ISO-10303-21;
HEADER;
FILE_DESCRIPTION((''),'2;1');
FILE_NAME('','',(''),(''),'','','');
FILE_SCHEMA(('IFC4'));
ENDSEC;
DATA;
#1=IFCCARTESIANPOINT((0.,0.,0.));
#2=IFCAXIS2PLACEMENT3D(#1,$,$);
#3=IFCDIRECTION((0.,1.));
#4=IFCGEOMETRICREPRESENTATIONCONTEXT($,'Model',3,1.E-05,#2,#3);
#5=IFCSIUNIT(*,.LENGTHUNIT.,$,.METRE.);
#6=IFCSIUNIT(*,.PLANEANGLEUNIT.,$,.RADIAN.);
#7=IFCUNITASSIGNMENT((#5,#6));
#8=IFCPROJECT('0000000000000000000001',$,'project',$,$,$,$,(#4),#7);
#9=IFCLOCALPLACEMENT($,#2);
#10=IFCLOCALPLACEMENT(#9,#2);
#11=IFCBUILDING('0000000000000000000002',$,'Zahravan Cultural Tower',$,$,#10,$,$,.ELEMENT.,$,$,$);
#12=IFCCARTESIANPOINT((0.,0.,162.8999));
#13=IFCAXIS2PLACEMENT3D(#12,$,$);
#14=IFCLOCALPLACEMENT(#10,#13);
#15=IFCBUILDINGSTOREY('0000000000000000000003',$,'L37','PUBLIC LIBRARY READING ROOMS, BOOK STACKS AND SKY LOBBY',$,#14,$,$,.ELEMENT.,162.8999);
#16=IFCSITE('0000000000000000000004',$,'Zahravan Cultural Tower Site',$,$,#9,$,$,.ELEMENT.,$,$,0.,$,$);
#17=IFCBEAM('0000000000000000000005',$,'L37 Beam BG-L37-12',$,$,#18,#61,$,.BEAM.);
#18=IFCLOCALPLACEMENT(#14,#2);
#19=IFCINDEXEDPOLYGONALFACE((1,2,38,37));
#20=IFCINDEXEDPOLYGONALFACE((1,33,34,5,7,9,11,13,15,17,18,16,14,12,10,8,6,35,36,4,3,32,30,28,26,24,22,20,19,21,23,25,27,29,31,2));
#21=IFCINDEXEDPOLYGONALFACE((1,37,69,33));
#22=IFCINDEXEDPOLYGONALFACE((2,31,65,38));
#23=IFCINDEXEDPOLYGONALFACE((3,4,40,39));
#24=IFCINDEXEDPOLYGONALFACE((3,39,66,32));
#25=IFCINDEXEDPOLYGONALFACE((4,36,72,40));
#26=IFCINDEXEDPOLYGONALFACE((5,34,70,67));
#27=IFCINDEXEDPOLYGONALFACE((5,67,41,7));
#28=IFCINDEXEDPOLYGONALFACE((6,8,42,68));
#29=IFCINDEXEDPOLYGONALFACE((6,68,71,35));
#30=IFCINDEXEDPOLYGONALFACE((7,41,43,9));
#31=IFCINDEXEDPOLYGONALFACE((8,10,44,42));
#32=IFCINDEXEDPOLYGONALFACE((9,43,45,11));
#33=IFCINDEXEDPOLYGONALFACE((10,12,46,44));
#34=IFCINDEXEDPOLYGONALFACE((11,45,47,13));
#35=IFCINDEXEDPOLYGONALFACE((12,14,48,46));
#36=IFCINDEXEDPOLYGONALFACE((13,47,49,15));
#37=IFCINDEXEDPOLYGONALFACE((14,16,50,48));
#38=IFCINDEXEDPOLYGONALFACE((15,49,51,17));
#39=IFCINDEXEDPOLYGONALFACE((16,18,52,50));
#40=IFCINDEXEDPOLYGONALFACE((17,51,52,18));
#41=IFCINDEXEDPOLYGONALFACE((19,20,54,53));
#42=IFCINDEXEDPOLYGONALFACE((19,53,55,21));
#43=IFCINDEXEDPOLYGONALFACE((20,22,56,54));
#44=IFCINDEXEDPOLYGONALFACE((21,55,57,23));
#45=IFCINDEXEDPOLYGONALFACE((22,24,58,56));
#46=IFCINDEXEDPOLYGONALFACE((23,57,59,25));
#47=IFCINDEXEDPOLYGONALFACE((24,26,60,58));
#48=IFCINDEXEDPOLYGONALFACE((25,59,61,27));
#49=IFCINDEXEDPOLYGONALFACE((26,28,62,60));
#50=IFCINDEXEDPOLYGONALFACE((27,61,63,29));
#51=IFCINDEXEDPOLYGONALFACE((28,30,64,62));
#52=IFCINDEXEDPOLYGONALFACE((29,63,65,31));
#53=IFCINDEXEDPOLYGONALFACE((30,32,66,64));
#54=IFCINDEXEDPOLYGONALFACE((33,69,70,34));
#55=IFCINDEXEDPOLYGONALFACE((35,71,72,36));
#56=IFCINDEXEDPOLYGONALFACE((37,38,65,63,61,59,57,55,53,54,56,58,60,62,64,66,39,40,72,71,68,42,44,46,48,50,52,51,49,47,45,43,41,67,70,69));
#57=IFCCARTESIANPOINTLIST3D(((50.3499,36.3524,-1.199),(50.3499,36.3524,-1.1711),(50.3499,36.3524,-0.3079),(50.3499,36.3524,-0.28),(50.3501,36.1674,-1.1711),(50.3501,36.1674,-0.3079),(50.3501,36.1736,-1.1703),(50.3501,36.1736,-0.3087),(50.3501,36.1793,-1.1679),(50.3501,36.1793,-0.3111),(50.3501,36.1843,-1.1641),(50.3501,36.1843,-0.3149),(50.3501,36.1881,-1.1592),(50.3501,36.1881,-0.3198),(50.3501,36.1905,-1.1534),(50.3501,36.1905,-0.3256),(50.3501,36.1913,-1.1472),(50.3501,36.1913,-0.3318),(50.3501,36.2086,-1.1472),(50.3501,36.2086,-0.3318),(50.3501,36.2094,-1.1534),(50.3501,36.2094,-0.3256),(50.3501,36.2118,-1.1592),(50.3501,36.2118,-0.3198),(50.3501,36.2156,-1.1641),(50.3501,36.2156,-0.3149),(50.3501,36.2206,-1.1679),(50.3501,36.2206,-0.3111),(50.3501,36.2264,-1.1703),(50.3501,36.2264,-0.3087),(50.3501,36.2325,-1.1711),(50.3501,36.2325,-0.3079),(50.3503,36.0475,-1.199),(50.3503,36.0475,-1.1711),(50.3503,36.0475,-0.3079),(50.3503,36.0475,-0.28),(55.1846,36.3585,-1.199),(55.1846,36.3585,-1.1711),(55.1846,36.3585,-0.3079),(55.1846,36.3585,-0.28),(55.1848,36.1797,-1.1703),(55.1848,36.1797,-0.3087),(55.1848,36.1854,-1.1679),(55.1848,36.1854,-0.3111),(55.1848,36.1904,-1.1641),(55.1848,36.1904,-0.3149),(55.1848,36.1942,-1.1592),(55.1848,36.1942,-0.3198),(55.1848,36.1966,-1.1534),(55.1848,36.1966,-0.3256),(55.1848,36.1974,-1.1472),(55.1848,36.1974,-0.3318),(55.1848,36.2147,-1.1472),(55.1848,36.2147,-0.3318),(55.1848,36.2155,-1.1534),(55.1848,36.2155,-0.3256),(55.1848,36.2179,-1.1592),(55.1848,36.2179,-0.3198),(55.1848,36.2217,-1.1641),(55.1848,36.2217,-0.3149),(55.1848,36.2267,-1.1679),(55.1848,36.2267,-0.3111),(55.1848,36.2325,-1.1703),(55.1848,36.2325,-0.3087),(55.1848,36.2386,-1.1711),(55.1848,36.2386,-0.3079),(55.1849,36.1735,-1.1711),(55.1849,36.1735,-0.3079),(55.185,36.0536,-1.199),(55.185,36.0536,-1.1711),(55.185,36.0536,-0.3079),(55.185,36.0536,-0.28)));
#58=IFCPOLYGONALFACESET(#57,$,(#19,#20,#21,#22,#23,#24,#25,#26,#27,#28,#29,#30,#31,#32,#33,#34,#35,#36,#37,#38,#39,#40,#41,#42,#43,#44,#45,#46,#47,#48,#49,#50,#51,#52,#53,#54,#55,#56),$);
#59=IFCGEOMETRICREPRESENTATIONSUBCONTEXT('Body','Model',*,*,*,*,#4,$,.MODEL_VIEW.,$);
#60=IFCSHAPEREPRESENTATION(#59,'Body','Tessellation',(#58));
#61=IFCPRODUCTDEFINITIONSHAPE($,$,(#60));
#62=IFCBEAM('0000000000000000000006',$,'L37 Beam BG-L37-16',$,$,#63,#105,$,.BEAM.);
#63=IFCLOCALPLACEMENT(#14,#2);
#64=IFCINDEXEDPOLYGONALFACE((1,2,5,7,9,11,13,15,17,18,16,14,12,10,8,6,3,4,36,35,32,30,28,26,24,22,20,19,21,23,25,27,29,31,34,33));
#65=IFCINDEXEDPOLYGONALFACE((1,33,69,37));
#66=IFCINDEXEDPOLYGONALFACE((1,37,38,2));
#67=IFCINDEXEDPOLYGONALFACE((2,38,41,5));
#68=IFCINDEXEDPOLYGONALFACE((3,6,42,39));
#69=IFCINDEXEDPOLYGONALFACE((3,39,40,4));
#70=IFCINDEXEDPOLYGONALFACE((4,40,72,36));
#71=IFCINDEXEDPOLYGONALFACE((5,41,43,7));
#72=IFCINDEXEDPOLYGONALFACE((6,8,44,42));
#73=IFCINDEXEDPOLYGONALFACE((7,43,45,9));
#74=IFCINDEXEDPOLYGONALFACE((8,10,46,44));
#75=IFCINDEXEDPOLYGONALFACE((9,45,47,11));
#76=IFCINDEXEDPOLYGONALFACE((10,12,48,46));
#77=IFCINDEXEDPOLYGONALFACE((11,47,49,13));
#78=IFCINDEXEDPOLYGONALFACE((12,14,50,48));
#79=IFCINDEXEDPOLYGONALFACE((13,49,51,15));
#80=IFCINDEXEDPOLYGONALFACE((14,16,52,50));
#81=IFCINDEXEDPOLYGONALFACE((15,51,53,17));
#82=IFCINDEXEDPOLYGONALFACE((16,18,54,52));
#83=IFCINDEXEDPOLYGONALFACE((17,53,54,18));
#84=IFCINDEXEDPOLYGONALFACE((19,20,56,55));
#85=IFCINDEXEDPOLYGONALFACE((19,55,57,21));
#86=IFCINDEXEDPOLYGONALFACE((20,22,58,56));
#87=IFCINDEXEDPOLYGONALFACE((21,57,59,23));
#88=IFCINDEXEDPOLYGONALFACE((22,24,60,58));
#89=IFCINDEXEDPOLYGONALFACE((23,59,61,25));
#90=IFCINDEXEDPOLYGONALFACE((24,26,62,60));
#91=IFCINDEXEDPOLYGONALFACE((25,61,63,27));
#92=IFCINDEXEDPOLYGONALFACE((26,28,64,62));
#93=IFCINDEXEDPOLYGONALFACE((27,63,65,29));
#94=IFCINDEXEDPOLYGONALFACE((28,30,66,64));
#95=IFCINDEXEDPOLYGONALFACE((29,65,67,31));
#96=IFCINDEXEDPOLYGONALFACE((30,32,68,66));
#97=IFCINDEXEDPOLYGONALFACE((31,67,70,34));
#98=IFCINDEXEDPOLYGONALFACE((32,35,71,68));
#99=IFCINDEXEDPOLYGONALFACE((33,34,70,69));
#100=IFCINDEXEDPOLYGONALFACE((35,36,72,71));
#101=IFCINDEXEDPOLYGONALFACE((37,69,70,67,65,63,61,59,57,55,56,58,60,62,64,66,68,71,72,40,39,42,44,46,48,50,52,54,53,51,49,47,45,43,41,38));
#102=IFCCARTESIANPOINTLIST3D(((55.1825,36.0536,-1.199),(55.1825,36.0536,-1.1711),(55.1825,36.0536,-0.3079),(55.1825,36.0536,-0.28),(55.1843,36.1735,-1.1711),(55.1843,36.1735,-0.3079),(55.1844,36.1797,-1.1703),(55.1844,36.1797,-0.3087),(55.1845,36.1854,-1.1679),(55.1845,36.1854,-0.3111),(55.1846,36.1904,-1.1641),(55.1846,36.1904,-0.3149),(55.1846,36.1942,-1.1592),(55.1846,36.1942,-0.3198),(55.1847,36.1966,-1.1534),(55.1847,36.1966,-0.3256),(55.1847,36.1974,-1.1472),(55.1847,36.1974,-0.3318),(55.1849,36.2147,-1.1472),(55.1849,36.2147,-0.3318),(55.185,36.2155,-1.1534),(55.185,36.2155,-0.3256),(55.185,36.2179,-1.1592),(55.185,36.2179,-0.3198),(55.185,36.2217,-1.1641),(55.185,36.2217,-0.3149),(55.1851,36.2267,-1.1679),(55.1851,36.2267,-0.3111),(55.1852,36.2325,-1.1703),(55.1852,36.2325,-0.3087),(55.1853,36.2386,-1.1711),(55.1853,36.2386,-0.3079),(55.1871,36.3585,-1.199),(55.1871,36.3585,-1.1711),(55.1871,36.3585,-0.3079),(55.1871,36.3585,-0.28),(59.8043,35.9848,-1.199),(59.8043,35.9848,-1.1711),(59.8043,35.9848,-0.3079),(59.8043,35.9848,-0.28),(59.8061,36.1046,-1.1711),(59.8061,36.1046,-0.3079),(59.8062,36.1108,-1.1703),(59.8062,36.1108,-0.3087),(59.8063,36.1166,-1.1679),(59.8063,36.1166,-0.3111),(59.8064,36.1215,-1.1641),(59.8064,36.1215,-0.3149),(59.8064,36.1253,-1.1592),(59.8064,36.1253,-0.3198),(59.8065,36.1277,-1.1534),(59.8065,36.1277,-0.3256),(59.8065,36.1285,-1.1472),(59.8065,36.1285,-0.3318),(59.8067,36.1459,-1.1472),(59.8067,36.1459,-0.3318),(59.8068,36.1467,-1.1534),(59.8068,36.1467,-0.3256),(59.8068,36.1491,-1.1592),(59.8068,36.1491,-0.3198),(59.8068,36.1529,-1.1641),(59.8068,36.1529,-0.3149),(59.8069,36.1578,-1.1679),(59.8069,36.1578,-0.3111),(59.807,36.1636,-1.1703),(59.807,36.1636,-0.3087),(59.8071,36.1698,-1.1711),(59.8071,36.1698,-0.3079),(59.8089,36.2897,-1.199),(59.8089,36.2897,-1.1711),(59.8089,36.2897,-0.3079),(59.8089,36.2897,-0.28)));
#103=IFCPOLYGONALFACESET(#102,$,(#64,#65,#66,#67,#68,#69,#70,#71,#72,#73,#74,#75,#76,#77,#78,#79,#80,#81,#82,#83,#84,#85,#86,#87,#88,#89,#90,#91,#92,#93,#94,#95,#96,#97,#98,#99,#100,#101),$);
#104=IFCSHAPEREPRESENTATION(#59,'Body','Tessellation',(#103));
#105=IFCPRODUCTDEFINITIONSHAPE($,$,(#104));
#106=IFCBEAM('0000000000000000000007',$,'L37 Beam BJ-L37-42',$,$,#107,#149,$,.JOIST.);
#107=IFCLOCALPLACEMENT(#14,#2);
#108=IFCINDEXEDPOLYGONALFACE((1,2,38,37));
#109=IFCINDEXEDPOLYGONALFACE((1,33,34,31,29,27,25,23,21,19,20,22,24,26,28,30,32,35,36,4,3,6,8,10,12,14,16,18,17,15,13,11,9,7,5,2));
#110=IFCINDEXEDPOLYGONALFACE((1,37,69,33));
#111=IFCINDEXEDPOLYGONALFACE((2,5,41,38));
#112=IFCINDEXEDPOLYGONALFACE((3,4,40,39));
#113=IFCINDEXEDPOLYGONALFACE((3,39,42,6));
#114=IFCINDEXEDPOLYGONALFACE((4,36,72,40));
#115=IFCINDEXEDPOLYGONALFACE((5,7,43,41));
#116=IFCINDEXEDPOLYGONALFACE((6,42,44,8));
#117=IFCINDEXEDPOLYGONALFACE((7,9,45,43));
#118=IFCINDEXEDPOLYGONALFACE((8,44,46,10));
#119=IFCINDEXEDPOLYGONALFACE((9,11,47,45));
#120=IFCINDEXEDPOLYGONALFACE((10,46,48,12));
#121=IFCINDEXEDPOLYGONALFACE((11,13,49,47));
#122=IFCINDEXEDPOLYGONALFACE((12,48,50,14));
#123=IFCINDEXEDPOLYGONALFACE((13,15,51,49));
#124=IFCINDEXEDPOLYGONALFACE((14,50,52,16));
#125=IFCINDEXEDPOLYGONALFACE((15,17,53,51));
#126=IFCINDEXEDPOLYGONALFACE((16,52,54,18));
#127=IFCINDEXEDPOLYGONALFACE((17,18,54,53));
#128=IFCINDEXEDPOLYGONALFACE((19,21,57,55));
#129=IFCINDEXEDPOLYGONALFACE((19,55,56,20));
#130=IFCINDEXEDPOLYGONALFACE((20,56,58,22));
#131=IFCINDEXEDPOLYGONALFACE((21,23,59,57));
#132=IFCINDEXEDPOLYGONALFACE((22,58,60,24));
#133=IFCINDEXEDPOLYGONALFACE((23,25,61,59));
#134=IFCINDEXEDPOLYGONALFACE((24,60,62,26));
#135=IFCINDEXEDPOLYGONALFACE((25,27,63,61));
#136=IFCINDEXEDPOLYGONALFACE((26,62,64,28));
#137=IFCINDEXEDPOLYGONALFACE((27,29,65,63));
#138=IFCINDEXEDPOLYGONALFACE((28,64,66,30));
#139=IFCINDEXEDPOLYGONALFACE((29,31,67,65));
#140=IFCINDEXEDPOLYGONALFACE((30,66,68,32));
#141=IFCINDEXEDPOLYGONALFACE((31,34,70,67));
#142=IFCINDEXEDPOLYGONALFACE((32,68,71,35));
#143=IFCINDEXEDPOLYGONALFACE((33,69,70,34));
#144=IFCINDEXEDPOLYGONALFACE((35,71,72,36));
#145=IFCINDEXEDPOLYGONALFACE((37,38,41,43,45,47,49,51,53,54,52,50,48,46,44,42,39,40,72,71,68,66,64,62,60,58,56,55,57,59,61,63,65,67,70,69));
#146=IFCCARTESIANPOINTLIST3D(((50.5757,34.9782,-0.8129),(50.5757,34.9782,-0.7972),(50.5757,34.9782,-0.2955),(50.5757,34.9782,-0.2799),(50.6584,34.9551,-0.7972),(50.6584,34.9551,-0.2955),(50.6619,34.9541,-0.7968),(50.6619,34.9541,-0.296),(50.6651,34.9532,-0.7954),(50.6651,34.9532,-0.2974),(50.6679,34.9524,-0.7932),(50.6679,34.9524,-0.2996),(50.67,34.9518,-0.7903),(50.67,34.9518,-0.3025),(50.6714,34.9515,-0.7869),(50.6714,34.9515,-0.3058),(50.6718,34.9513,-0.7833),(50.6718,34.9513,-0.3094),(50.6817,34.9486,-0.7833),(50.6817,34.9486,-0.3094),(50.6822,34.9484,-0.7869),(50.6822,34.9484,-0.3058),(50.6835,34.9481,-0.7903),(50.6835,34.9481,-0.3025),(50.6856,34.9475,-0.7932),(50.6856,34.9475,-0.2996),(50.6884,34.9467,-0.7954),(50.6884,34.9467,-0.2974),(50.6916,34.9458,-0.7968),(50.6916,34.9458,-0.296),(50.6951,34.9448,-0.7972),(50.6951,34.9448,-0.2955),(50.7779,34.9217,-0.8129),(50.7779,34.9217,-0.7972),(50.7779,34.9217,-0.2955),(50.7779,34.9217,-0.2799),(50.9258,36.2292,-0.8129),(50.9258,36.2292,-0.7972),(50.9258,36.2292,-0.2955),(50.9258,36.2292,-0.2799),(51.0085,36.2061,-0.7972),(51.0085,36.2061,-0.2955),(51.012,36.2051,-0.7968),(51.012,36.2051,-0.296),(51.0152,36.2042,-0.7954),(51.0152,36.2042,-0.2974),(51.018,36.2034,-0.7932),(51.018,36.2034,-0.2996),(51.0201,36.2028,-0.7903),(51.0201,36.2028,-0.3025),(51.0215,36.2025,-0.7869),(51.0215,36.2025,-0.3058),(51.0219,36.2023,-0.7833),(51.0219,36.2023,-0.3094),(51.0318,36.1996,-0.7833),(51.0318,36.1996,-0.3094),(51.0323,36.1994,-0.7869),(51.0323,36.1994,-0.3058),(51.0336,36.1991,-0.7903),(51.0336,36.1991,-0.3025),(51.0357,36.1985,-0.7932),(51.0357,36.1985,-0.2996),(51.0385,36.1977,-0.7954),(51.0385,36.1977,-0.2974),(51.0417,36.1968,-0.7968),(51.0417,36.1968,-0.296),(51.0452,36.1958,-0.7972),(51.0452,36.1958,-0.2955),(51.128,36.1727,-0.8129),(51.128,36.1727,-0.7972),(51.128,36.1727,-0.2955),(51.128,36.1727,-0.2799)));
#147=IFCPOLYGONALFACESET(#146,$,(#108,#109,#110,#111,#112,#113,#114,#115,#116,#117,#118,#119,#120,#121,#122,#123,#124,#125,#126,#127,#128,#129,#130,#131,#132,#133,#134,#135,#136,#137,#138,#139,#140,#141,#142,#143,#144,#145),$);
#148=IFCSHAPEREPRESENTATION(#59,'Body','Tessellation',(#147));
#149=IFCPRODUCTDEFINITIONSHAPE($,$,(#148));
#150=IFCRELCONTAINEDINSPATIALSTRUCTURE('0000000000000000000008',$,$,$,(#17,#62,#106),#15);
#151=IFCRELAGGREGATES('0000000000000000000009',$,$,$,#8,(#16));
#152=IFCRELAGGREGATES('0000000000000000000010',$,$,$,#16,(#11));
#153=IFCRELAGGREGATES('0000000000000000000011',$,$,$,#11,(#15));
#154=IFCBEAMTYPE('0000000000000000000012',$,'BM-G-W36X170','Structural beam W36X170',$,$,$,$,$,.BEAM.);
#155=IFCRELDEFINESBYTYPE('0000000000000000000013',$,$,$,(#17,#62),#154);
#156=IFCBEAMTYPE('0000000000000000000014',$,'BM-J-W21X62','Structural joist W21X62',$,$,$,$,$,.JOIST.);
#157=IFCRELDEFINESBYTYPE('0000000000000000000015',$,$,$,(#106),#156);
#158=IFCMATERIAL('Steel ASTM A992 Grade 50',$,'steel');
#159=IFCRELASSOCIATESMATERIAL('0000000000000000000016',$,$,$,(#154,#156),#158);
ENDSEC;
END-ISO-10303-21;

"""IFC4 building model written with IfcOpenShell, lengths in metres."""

from ifc_helpers import new_model, si_unit, direction, frame, origin, origin_2d, place, context, subcontext, project, spatial, i_section, extrude, source, transform, mapped, material, material_profile, profile_set, type_object, element, save


model = new_model("IFC4")

# Units and contexts
model_context = context("Model", 3, precision=1e-05, world=origin(), true_north=direction((0.0, 1.0)))
body_context = subcontext(model_context, "Body", "Model", "MODEL_VIEW")
ifc_project = project(units=[si_unit("LENGTHUNIT", "METRE"), si_unit("PLANEANGLEUNIT", "RADIAN")], contexts=[model_context])

# Site, building, storey
site_placement = place(None, origin())
site = spatial("IfcSite", under=ifc_project, at=site_placement, Name="Zahravan Cultural Tower Site", CompositionType="ELEMENT", RefElevation=0.0)
building_placement = place(site_placement, origin())
building = spatial("IfcBuilding", under=site, at=building_placement, Name="Zahravan Cultural Tower", CompositionType="ELEMENT")
storey_placement = place(building_placement, frame((0.0, 0.0, 162.8999)))
storey = spatial("IfcBuildingStorey", under=building, at=storey_placement, Name="L37", Description="PUBLIC LIBRARY READING ROOMS, BOOK STACKS AND SKY LOBBY", CompositionType="ELEMENT", Elevation=162.8999)

# Shared definitions
ifc_material_1 = material(Name="Steel ASTM A992 Grade 50", Category="steel")

# Beams
ifc_material_profile_1 = material_profile(ifc_material_1, i_section(OverallWidth=0.3049, OverallDepth=0.9189, WebThickness=0.0173, FlangeThickness=0.0278, FilletRadius=0.0239, at=origin_2d()), Name="W36X170")
ifc_profile_set_1 = profile_set([ifc_material_profile_1], Name="Steel ASTM A992 Grade 50")
beam_type_1 = type_object("IfcBeamType", Name="BM-G-W36X170", Description="Structural beam W36X170", PredefinedType="BEAM", material=ifc_profile_set_1)
shared_shape_1 = source(origin(), body_context, "Body", "SweptSolid", [
    extrude(i_section(OverallWidth=0.3049, OverallDepth=0.9189, WebThickness=0.0173, FlangeThickness=0.0278, FilletRadius=0.0239, at=origin_2d()), origin(), (0.0, 0.0, 1.0), 4.8347),
])
beam_1_placement = place(storey_placement, frame((50.3501, 36.2, -0.7395), z_axis=(0.999999, 0.001262, 0.0), x_axis=(-0.001262, 0.999999, 0.0)))
element("IfcBeam", 1, at=beam_1_placement, inside=storey, type_object=beam_type_1, Name="L37 Beam BG-L37-12", PredefinedType="BEAM", context=body_context, shape_type="MappedRepresentation", body=[
    mapped(shared_shape_1, transform((0.0, 0.0, 0.0), x_axis=(1.0, 0.0, 0.0), y_axis=(0.0, 1.0, 0.0), z_axis=(0.0, 0.0, 1.0), scale=1.0)),
])
shared_shape_2 = source(origin(), body_context, "Body", "SweptSolid", [
    extrude(i_section(OverallWidth=0.3049, OverallDepth=0.9189, WebThickness=0.0173, FlangeThickness=0.0278, FilletRadius=0.0239, at=origin_2d()), origin(), (0.0, 0.0, 1.0), 4.6223),
])
beam_2_placement = place(storey_placement, frame((55.1848, 36.2061, -0.7395), z_axis=(0.999889, -0.014895, 0.0), x_axis=(0.014895, 0.999889, 0.0)))
element("IfcBeam", 2, at=beam_2_placement, inside=storey, type_object=beam_type_1, Name="L37 Beam BG-L37-16", PredefinedType="BEAM", context=body_context, shape_type="MappedRepresentation", body=[
    mapped(shared_shape_2, transform((0.0, 0.0, 0.0), x_axis=(1.0, 0.0, 0.0), y_axis=(0.0, 1.0, 0.0), z_axis=(0.0, 0.0, 1.0), scale=1.0)),
])
ifc_material_profile_2 = material_profile(ifc_material_1, i_section(OverallWidth=0.21, OverallDepth=0.533, WebThickness=0.0103, FlangeThickness=0.0156, FilletRadius=0.0139, at=origin_2d()), Name="W21X62")
ifc_profile_set_2 = profile_set([ifc_material_profile_2], Name="Steel ASTM A992 Grade 50")
beam_type_2 = type_object("IfcBeamType", Name="BM-J-W21X62", Description="Structural joist W21X62", PredefinedType="JOIST", material=ifc_profile_set_2)
shared_shape_3 = source(origin(), body_context, "Body", "SweptSolid", [
    extrude(i_section(OverallWidth=0.21, OverallDepth=0.533, WebThickness=0.0103, FlangeThickness=0.0156, FilletRadius=0.0139, at=origin_2d()), origin(), (0.0, 0.0, 1.0), 1.2991),
])
beam_3_placement = place(storey_placement, frame((50.6768, 34.95, -0.5464), z_axis=(0.269504, 0.962999, 0.0), x_axis=(-0.962999, 0.269504, 0.0)))
element("IfcBeam", 3, at=beam_3_placement, inside=storey, type_object=beam_type_2, Name="L37 Beam BJ-L37-42", PredefinedType="JOIST", context=body_context, shape_type="MappedRepresentation", body=[
    mapped(shared_shape_3, transform((0.0, 0.0, 0.0), x_axis=(1.0, 0.0, 0.0), y_axis=(0.0, 1.0, 0.0), z_axis=(0.0, 0.0, 1.0), scale=1.0)),
])

save(model, "model.ifc")
